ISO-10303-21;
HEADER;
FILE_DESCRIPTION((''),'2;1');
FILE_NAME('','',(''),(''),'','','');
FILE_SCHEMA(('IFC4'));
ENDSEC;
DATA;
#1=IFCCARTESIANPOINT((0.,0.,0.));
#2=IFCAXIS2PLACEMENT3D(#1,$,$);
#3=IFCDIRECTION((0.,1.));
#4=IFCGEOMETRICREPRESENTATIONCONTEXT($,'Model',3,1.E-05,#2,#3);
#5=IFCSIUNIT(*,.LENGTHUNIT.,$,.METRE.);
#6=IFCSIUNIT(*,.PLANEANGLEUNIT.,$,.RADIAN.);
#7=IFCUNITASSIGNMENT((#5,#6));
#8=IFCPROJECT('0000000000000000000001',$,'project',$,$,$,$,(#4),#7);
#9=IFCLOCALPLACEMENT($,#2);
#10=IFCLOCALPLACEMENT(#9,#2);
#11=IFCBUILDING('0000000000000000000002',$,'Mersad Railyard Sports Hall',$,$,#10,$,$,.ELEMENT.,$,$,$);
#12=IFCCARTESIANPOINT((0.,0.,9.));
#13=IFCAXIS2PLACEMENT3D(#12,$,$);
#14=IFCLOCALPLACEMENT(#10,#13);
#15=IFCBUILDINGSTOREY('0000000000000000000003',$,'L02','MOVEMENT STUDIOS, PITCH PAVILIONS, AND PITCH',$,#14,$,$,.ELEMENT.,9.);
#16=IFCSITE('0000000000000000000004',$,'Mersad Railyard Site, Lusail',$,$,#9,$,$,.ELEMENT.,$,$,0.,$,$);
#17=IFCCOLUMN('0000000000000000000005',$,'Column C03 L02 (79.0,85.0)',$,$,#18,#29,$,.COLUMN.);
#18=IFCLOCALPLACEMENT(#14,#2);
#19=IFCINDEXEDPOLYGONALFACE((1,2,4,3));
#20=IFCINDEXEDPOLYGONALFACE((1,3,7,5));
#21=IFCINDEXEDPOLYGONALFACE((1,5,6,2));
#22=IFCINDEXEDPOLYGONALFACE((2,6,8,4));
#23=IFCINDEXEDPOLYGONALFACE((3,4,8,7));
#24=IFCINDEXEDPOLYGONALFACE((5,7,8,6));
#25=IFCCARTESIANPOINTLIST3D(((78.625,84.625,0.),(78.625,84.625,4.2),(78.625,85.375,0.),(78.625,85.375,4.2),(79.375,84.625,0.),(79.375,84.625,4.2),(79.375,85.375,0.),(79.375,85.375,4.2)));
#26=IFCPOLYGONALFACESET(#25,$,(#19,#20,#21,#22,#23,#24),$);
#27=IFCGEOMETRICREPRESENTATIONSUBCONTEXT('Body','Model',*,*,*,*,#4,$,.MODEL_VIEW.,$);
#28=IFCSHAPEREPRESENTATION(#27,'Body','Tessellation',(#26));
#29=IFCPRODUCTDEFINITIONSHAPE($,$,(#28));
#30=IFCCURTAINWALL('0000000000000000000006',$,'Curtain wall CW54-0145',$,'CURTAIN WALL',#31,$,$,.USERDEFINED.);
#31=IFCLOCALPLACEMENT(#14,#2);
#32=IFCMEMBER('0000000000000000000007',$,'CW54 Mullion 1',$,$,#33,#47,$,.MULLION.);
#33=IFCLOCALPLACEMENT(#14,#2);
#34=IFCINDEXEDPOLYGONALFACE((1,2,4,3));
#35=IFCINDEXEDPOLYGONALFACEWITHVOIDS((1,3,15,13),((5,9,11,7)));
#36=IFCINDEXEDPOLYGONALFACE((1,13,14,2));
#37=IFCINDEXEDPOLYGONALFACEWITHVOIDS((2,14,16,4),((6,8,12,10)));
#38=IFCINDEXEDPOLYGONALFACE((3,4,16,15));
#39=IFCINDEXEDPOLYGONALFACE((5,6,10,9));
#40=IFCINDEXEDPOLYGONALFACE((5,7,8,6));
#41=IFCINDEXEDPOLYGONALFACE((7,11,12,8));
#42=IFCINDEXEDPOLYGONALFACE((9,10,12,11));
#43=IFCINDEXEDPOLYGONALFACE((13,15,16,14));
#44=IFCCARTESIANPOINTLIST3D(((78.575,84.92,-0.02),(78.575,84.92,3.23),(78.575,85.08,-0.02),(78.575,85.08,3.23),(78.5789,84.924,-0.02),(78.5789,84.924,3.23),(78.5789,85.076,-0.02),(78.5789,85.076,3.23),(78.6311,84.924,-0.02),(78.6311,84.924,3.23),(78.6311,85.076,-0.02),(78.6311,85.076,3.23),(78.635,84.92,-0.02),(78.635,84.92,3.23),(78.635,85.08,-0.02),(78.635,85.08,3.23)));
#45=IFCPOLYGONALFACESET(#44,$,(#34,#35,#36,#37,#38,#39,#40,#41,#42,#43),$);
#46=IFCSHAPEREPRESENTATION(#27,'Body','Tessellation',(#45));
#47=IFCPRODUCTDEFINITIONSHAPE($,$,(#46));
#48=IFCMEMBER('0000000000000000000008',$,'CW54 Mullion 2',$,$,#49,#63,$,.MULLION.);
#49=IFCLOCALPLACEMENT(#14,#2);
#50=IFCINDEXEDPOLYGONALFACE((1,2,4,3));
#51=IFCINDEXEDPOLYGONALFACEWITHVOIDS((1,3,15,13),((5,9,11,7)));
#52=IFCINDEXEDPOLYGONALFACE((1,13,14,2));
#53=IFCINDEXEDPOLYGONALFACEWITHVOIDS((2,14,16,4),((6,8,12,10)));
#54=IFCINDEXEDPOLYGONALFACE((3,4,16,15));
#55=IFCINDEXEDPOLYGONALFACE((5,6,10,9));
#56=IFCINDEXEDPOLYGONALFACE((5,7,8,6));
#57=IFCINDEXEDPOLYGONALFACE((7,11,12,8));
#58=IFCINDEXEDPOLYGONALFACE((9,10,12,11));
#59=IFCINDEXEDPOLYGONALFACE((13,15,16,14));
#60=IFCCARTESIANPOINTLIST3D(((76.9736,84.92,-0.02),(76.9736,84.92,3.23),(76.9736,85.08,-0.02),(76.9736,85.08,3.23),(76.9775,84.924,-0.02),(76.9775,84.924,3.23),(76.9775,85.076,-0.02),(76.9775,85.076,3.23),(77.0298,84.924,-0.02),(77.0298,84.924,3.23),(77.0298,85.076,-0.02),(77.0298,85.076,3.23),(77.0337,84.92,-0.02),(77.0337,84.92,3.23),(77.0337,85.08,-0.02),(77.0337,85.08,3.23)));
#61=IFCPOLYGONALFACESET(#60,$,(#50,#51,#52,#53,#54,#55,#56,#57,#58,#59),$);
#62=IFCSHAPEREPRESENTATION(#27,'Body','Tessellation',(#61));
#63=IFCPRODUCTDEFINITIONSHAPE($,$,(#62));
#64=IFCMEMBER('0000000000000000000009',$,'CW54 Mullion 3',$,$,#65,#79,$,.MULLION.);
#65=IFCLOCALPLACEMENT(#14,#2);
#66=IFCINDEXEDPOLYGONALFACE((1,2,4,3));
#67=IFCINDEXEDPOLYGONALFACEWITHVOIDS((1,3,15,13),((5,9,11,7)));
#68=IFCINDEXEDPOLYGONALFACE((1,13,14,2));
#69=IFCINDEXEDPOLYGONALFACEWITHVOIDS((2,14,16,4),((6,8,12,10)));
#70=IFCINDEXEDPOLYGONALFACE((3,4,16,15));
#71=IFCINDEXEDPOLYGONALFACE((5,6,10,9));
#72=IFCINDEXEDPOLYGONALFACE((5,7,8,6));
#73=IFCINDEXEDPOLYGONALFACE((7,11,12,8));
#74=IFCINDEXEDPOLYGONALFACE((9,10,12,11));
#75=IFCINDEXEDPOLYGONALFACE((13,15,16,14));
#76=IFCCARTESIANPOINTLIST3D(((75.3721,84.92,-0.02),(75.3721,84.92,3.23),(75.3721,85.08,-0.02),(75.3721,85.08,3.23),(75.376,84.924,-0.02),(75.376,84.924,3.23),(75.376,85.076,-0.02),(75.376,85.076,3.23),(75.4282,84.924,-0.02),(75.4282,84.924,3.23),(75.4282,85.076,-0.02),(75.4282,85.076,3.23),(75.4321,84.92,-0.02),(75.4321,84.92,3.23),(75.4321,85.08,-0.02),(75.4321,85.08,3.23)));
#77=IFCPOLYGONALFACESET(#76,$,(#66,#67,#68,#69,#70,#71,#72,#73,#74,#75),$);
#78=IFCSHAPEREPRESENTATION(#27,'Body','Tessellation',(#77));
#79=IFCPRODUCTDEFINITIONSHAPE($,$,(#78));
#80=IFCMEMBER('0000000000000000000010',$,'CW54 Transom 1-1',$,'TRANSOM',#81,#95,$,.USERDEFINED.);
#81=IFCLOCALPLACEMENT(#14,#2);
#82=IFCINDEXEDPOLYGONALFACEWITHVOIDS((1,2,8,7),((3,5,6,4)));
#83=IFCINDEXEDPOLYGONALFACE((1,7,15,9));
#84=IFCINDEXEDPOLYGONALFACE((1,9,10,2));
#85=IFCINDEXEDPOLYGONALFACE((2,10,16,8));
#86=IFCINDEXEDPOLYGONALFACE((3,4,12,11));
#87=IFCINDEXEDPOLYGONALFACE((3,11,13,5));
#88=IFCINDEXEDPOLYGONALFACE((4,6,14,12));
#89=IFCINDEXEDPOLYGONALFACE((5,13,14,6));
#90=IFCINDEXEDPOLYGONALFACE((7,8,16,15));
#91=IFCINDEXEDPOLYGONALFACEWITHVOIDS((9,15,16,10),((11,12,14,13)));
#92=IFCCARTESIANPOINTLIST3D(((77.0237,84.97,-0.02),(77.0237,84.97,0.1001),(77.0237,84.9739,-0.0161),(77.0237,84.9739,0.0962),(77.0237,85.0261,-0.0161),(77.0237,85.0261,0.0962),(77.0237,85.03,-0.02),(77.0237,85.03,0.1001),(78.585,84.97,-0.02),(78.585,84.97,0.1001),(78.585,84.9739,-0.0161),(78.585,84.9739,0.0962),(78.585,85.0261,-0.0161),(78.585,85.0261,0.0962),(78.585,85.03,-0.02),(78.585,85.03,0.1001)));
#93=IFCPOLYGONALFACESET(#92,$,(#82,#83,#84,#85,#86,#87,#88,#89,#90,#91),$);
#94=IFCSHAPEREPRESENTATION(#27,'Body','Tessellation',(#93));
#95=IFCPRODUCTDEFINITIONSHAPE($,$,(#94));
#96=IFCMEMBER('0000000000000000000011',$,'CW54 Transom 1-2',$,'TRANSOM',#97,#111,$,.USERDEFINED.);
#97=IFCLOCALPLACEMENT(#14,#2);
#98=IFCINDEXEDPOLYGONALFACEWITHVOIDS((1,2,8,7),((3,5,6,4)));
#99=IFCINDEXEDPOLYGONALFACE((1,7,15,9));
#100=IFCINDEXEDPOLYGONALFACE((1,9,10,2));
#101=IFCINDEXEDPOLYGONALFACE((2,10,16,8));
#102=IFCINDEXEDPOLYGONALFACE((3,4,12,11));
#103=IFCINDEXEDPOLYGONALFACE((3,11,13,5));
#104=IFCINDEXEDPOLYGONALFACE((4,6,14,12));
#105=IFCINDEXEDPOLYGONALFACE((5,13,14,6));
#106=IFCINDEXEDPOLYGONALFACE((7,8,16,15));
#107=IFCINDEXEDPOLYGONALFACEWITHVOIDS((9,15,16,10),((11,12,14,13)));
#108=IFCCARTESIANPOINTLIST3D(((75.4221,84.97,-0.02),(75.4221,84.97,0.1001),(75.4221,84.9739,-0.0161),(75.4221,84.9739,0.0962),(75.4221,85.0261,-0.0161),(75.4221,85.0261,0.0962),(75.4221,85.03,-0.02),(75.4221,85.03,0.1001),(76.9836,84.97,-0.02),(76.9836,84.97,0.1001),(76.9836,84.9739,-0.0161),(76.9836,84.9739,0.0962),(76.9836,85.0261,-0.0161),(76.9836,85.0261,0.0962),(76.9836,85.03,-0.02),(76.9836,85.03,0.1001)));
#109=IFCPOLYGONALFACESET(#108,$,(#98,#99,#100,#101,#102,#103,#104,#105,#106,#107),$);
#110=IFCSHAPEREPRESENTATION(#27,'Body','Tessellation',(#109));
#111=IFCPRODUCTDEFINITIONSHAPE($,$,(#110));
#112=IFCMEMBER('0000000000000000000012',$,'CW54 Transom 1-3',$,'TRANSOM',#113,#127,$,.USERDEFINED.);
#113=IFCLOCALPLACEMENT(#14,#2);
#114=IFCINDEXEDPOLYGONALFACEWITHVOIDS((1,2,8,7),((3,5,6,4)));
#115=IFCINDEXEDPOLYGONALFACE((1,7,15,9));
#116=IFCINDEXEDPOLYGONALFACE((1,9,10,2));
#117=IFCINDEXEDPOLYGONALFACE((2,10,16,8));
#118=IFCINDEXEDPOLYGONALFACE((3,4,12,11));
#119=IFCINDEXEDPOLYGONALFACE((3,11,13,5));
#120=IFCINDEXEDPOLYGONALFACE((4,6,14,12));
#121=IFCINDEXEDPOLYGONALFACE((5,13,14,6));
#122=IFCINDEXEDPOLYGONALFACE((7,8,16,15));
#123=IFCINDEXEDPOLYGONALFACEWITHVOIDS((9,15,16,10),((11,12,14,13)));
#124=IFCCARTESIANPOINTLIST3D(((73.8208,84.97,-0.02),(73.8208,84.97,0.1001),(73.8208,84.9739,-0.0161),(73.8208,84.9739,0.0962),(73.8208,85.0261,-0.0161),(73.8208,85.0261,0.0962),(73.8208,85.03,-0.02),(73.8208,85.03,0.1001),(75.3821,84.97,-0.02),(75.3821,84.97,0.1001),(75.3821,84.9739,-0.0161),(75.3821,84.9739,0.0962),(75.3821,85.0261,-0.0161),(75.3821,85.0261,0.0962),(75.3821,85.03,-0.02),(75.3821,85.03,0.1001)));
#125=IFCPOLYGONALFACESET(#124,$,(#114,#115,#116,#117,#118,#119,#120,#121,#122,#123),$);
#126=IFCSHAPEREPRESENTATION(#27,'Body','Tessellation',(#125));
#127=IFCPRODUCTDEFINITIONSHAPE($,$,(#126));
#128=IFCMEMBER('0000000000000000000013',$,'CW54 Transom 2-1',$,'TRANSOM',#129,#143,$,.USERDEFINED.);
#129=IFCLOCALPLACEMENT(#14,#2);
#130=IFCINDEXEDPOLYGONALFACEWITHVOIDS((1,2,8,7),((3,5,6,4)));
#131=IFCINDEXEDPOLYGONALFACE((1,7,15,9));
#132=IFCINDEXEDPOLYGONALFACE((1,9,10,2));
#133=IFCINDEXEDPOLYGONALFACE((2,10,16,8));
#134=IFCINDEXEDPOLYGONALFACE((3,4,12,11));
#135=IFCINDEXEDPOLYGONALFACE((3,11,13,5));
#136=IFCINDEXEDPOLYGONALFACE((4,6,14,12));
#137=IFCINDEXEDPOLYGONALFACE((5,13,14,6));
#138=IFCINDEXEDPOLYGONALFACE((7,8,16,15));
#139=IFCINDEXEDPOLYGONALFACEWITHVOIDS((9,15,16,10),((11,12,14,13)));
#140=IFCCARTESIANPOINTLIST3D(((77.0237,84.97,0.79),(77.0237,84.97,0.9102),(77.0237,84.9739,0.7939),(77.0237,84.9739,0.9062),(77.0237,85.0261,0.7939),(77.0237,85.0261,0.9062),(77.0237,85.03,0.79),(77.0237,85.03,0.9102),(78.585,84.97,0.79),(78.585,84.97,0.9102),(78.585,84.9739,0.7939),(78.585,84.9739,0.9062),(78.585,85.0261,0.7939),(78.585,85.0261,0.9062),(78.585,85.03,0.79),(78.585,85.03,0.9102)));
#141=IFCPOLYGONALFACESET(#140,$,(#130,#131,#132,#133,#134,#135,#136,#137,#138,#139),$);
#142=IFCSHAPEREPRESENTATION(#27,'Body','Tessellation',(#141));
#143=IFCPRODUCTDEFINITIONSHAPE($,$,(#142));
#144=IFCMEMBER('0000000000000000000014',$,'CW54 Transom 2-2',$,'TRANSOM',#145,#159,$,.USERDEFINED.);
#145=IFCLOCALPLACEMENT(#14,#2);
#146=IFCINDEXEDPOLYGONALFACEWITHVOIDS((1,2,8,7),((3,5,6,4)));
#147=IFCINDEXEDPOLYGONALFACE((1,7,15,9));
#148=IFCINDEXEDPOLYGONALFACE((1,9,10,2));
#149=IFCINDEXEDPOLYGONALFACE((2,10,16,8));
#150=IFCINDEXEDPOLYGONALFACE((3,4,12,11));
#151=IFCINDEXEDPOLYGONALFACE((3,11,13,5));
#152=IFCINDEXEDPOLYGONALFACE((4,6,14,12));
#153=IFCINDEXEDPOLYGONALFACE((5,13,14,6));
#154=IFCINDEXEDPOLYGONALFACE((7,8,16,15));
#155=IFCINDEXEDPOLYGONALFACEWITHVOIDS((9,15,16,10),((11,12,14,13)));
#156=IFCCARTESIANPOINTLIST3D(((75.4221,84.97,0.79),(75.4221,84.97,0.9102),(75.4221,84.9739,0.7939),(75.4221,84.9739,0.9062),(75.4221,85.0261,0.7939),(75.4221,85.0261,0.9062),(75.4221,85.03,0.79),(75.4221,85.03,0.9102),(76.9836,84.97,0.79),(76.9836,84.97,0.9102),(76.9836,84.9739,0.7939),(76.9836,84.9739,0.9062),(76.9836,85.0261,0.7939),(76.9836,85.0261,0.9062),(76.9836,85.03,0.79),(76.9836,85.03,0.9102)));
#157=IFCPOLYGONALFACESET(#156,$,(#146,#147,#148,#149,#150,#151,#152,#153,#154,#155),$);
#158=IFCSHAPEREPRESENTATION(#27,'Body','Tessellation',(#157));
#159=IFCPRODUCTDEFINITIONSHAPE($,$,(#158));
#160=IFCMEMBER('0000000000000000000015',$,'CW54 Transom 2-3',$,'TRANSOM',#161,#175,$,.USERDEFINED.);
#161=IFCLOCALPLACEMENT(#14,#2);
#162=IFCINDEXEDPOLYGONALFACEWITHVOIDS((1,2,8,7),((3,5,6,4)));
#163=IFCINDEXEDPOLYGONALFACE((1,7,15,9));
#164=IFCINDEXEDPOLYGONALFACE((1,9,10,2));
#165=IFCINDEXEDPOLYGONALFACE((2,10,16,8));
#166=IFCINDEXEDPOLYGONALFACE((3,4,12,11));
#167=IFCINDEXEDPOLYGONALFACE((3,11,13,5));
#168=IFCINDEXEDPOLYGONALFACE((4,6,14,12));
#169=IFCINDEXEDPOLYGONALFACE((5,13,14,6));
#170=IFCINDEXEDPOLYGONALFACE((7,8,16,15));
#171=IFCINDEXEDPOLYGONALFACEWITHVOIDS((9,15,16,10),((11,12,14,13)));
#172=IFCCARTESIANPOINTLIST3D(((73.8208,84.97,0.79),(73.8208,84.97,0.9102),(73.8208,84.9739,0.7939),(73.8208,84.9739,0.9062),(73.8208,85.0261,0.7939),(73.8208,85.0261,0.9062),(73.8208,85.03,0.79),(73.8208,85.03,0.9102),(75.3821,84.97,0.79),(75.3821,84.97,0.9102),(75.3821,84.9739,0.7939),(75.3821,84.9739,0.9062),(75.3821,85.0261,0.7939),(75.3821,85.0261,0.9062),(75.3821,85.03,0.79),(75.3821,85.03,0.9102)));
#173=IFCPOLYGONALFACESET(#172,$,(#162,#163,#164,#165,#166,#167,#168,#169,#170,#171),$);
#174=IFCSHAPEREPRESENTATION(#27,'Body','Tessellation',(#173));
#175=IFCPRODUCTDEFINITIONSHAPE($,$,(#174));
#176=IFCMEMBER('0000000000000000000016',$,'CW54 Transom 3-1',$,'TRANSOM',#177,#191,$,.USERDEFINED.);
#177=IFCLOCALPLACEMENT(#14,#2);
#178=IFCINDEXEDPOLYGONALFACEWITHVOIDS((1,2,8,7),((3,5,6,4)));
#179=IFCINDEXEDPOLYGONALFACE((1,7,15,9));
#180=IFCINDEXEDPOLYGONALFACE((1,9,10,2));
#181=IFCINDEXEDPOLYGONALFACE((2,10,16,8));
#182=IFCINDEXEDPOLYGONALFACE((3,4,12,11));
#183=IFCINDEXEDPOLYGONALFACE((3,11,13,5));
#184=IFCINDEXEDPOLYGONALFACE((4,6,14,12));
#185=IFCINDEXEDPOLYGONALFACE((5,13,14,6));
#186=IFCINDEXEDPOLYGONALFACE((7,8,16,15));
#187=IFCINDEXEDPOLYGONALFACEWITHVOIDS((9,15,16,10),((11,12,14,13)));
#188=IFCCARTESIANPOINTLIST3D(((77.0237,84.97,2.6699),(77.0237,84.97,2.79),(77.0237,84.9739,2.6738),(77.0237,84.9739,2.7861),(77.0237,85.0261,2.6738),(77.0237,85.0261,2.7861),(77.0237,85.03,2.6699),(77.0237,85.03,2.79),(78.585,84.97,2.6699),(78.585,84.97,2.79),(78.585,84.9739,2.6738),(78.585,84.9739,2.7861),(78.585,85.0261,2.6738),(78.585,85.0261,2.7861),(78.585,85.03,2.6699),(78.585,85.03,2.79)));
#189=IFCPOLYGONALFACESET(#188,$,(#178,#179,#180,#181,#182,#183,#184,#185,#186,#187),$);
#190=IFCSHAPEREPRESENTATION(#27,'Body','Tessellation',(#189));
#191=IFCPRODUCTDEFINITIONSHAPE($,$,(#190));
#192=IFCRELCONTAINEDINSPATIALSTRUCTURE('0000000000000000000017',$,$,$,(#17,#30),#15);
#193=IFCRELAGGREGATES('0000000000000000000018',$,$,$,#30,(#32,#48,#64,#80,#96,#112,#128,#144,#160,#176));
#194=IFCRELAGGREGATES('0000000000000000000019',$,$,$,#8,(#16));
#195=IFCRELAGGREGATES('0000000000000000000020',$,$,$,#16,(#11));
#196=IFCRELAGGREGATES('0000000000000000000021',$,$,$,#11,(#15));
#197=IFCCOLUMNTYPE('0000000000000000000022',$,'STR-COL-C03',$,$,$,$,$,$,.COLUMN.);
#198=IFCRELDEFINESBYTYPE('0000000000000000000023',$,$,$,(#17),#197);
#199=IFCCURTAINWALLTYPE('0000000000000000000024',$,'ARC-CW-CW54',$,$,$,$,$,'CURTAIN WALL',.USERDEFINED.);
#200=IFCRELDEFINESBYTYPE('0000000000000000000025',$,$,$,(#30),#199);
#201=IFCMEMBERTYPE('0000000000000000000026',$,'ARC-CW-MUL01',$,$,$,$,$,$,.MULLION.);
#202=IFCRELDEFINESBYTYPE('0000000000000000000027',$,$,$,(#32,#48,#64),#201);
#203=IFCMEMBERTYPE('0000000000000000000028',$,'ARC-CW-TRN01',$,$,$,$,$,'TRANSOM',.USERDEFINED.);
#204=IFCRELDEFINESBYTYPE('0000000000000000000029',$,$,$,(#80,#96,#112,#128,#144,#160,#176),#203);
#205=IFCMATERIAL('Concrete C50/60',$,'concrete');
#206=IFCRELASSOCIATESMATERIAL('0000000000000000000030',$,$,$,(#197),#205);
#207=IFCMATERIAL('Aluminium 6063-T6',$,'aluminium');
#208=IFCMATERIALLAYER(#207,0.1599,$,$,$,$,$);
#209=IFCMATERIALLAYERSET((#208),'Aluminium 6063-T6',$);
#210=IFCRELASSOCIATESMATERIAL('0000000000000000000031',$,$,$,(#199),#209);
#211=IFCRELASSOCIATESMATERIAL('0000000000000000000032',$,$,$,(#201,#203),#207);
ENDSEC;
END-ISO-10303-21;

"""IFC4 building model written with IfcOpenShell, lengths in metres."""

from ifc_helpers import new_model, si_unit, direction, frame, origin, origin_2d, place, context, subcontext, project, spatial, rectangle, hollow_rectangle, extrude, material, layer, layer_set, material_profile, profile_set, type_object, element, aggregate, save


model = new_model("IFC4")

# Units and contexts
model_context = context("Model", 3, precision=1e-05, world=origin(), true_north=direction((0.0, 1.0)))
body_context = subcontext(model_context, "Body", "Model", "MODEL_VIEW")
ifc_project = project(units=[si_unit("LENGTHUNIT", "METRE"), si_unit("PLANEANGLEUNIT", "RADIAN")], contexts=[model_context])

# Site, building, storey
site_placement = place(None, origin())
site = spatial("IfcSite", under=ifc_project, at=site_placement, Name="Mersad Railyard Site, Lusail", CompositionType="ELEMENT", RefElevation=0.0)
building_placement = place(site_placement, origin())
building = spatial("IfcBuilding", under=site, at=building_placement, Name="Mersad Railyard Sports Hall", CompositionType="ELEMENT")
storey_placement = place(building_placement, frame((0.0, 0.0, 9.0)))
storey = spatial("IfcBuildingStorey", under=building, at=storey_placement, Name="L02", Description="MOVEMENT STUDIOS, PITCH PAVILIONS, AND PITCH", CompositionType="ELEMENT", Elevation=9.0)

# Column
ifc_material_1 = material(Name="Concrete C50/60", Category="concrete")
ifc_material_profile_1 = material_profile(ifc_material_1, rectangle(XDim=0.75, YDim=0.75, at=origin_2d()), Name="RC 750x750")
ifc_profile_set_1 = profile_set([ifc_material_profile_1], Name="Concrete C50/60")
column_type = type_object("IfcColumnType", Name="STR-COL-C03", PredefinedType="COLUMN", material=ifc_profile_set_1)
column_placement = place(storey_placement, frame((79.0, 85.0, 0.0), z_axis=(0.0, 0.0, 1.0), x_axis=(1.0, 0.0, 0.0)))
element("IfcColumn", 1, at=column_placement, inside=storey, type_object=column_type, Name="Column C03 L02 (79.0,85.0)", PredefinedType="COLUMN", context=body_context, shape_type="SweptSolid", body=[
    extrude(rectangle(XDim=0.75, YDim=0.75, at=origin_2d()), origin(), (0.0, 0.0, 1.0), 4.2),
])

# Curtain wall, members
ifc_material_2 = material(Name="Aluminium 6063-T6", Category="aluminium")
ifc_layer_1 = layer(ifc_material_2, 0.1599)
ifc_layer_set_1 = layer_set([ifc_layer_1], Name="Aluminium 6063-T6")
curtain_wall_type = type_object("IfcCurtainWallType", Name="ARC-CW-CW54", ElementType="CURTAIN WALL", PredefinedType="USERDEFINED", material=ifc_layer_set_1)
curtain_wall_placement = place(storey_placement, origin())
curtain_wall = element("IfcCurtainWall", 2, at=curtain_wall_placement, inside=storey, type_object=curtain_wall_type, Name="Curtain wall CW54-0145", ObjectType="CURTAIN WALL", PredefinedType="USERDEFINED")
ifc_material_profile_2 = material_profile(ifc_material_2, hollow_rectangle(XDim=0.0601, YDim=0.1599, WallThickness=0.0039, at=origin_2d()), Name="AL MULLION 60x160x4")
ifc_profile_set_2 = profile_set([ifc_material_profile_2], Name="Aluminium 6063-T6")
member_type_1 = type_object("IfcMemberType", Name="ARC-CW-MUL01", PredefinedType="MULLION", material=ifc_profile_set_2)
member_1_placement = place(storey_placement, frame((78.605, 85.0, -0.02), z_axis=(0.0, 0.0, 1.0), x_axis=(1.0, 0.0, 0.0)))
member_1 = element("IfcMember", 3, at=member_1_placement, type_object=member_type_1, Name="CW54 Mullion 1", PredefinedType="MULLION", context=body_context, shape_type="SweptSolid", body=[
    extrude(hollow_rectangle(XDim=0.0601, YDim=0.1599, WallThickness=0.0039, at=origin_2d()), origin(), (0.0, 0.0, 1.0), 3.25),
])
member_2_placement = place(storey_placement, frame((77.0037, 85.0, -0.02), z_axis=(0.0, 0.0, 1.0), x_axis=(1.0, 0.0, 0.0)))
member_2 = element("IfcMember", 4, at=member_2_placement, type_object=member_type_1, Name="CW54 Mullion 2", PredefinedType="MULLION", context=body_context, shape_type="SweptSolid", body=[
    extrude(hollow_rectangle(XDim=0.0601, YDim=0.1599, WallThickness=0.0039, at=origin_2d()), origin(), (0.0, 0.0, 1.0), 3.25),
])
member_3_placement = place(storey_placement, frame((75.4021, 85.0, -0.02), z_axis=(0.0, 0.0, 1.0), x_axis=(1.0, 0.0, 0.0)))
member_3 = element("IfcMember", 5, at=member_3_placement, type_object=member_type_1, Name="CW54 Mullion 3", PredefinedType="MULLION", context=body_context, shape_type="SweptSolid", body=[
    extrude(hollow_rectangle(XDim=0.0601, YDim=0.1599, WallThickness=0.0039, at=origin_2d()), origin(), (0.0, 0.0, 1.0), 3.25),
])
ifc_material_profile_3 = material_profile(ifc_material_2, hollow_rectangle(XDim=0.0601, YDim=0.1201, WallThickness=0.0039, at=origin_2d()), Name="AL TRANSOM 60x120x4")
ifc_profile_set_3 = profile_set([ifc_material_profile_3], Name="Aluminium 6063-T6")
member_type_2 = type_object("IfcMemberType", Name="ARC-CW-TRN01", ElementType="TRANSOM", PredefinedType="USERDEFINED", material=ifc_profile_set_3)
member_4_placement = place(storey_placement, frame((78.585, 85.0, 0.04), z_axis=(-1.0, 0.0, 0.0), x_axis=(0.0, -1.0, 0.0)))
member_4 = element("IfcMember", 6, at=member_4_placement, type_object=member_type_2, Name="CW54 Transom 1-1", ObjectType="TRANSOM", PredefinedType="USERDEFINED", context=body_context, shape_type="SweptSolid", body=[
    extrude(hollow_rectangle(XDim=0.0601, YDim=0.1201, WallThickness=0.0039, at=origin_2d()), origin(), (0.0, 0.0, 1.0), 1.5613),
])
member_5_placement = place(storey_placement, frame((76.9836, 85.0, 0.04), z_axis=(-1.0, 0.0, 0.0), x_axis=(0.0, -1.0, 0.0)))
member_5 = element("IfcMember", 7, at=member_5_placement, type_object=member_type_2, Name="CW54 Transom 1-2", ObjectType="TRANSOM", PredefinedType="USERDEFINED", context=body_context, shape_type="SweptSolid", body=[
    extrude(hollow_rectangle(XDim=0.0601, YDim=0.1201, WallThickness=0.0039, at=origin_2d()), origin(), (0.0, 0.0, 1.0), 1.5615),
])
member_6_placement = place(storey_placement, frame((75.3821, 85.0, 0.04), z_axis=(-1.0, 0.0, 0.0), x_axis=(0.0, -1.0, 0.0)))
member_6 = element("IfcMember", 8, at=member_6_placement, type_object=member_type_2, Name="CW54 Transom 1-3", ObjectType="TRANSOM", PredefinedType="USERDEFINED", context=body_context, shape_type="SweptSolid", body=[
    extrude(hollow_rectangle(XDim=0.0601, YDim=0.1201, WallThickness=0.0039, at=origin_2d()), origin(), (0.0, 0.0, 1.0), 1.5613),
])
member_7_placement = place(storey_placement, frame((78.585, 85.0, 0.8501), z_axis=(-1.0, 0.0, 0.0), x_axis=(0.0, -1.0, 0.0)))
member_7 = element("IfcMember", 9, at=member_7_placement, type_object=member_type_2, Name="CW54 Transom 2-1", ObjectType="TRANSOM", PredefinedType="USERDEFINED", context=body_context, shape_type="SweptSolid", body=[
    extrude(hollow_rectangle(XDim=0.0601, YDim=0.1201, WallThickness=0.0039, at=origin_2d()), origin(), (0.0, 0.0, 1.0), 1.5613),
])
member_8_placement = place(storey_placement, frame((76.9836, 85.0, 0.8501), z_axis=(-1.0, 0.0, 0.0), x_axis=(0.0, -1.0, 0.0)))
member_8 = element("IfcMember", 10, at=member_8_placement, type_object=member_type_2, Name="CW54 Transom 2-2", ObjectType="TRANSOM", PredefinedType="USERDEFINED", context=body_context, shape_type="SweptSolid", body=[
    extrude(hollow_rectangle(XDim=0.0601, YDim=0.1201, WallThickness=0.0039, at=origin_2d()), origin(), (0.0, 0.0, 1.0), 1.5615),
])
member_9_placement = place(storey_placement, frame((75.3821, 85.0, 0.8501), z_axis=(-1.0, 0.0, 0.0), x_axis=(0.0, -1.0, 0.0)))
member_9 = element("IfcMember", 11, at=member_9_placement, type_object=member_type_2, Name="CW54 Transom 2-3", ObjectType="TRANSOM", PredefinedType="USERDEFINED", context=body_context, shape_type="SweptSolid", body=[
    extrude(hollow_rectangle(XDim=0.0601, YDim=0.1201, WallThickness=0.0039, at=origin_2d()), origin(), (0.0, 0.0, 1.0), 1.5613),
])
member_10_placement = place(storey_placement, frame((78.585, 85.0, 2.73), z_axis=(-1.0, 0.0, 0.0), x_axis=(0.0, -1.0, 0.0)))
member_10 = element("IfcMember", 12, at=member_10_placement, type_object=member_type_2, Name="CW54 Transom 3-1", ObjectType="TRANSOM", PredefinedType="USERDEFINED", context=body_context, shape_type="SweptSolid", body=[
    extrude(hollow_rectangle(XDim=0.0601, YDim=0.1201, WallThickness=0.0039, at=origin_2d()), origin(), (0.0, 0.0, 1.0), 1.5613),
])

aggregate(curtain_wall, [member_1, member_2, member_3, member_4, member_5, member_6, member_7, member_8, member_9, member_10])

save(model, "model.ifc")
